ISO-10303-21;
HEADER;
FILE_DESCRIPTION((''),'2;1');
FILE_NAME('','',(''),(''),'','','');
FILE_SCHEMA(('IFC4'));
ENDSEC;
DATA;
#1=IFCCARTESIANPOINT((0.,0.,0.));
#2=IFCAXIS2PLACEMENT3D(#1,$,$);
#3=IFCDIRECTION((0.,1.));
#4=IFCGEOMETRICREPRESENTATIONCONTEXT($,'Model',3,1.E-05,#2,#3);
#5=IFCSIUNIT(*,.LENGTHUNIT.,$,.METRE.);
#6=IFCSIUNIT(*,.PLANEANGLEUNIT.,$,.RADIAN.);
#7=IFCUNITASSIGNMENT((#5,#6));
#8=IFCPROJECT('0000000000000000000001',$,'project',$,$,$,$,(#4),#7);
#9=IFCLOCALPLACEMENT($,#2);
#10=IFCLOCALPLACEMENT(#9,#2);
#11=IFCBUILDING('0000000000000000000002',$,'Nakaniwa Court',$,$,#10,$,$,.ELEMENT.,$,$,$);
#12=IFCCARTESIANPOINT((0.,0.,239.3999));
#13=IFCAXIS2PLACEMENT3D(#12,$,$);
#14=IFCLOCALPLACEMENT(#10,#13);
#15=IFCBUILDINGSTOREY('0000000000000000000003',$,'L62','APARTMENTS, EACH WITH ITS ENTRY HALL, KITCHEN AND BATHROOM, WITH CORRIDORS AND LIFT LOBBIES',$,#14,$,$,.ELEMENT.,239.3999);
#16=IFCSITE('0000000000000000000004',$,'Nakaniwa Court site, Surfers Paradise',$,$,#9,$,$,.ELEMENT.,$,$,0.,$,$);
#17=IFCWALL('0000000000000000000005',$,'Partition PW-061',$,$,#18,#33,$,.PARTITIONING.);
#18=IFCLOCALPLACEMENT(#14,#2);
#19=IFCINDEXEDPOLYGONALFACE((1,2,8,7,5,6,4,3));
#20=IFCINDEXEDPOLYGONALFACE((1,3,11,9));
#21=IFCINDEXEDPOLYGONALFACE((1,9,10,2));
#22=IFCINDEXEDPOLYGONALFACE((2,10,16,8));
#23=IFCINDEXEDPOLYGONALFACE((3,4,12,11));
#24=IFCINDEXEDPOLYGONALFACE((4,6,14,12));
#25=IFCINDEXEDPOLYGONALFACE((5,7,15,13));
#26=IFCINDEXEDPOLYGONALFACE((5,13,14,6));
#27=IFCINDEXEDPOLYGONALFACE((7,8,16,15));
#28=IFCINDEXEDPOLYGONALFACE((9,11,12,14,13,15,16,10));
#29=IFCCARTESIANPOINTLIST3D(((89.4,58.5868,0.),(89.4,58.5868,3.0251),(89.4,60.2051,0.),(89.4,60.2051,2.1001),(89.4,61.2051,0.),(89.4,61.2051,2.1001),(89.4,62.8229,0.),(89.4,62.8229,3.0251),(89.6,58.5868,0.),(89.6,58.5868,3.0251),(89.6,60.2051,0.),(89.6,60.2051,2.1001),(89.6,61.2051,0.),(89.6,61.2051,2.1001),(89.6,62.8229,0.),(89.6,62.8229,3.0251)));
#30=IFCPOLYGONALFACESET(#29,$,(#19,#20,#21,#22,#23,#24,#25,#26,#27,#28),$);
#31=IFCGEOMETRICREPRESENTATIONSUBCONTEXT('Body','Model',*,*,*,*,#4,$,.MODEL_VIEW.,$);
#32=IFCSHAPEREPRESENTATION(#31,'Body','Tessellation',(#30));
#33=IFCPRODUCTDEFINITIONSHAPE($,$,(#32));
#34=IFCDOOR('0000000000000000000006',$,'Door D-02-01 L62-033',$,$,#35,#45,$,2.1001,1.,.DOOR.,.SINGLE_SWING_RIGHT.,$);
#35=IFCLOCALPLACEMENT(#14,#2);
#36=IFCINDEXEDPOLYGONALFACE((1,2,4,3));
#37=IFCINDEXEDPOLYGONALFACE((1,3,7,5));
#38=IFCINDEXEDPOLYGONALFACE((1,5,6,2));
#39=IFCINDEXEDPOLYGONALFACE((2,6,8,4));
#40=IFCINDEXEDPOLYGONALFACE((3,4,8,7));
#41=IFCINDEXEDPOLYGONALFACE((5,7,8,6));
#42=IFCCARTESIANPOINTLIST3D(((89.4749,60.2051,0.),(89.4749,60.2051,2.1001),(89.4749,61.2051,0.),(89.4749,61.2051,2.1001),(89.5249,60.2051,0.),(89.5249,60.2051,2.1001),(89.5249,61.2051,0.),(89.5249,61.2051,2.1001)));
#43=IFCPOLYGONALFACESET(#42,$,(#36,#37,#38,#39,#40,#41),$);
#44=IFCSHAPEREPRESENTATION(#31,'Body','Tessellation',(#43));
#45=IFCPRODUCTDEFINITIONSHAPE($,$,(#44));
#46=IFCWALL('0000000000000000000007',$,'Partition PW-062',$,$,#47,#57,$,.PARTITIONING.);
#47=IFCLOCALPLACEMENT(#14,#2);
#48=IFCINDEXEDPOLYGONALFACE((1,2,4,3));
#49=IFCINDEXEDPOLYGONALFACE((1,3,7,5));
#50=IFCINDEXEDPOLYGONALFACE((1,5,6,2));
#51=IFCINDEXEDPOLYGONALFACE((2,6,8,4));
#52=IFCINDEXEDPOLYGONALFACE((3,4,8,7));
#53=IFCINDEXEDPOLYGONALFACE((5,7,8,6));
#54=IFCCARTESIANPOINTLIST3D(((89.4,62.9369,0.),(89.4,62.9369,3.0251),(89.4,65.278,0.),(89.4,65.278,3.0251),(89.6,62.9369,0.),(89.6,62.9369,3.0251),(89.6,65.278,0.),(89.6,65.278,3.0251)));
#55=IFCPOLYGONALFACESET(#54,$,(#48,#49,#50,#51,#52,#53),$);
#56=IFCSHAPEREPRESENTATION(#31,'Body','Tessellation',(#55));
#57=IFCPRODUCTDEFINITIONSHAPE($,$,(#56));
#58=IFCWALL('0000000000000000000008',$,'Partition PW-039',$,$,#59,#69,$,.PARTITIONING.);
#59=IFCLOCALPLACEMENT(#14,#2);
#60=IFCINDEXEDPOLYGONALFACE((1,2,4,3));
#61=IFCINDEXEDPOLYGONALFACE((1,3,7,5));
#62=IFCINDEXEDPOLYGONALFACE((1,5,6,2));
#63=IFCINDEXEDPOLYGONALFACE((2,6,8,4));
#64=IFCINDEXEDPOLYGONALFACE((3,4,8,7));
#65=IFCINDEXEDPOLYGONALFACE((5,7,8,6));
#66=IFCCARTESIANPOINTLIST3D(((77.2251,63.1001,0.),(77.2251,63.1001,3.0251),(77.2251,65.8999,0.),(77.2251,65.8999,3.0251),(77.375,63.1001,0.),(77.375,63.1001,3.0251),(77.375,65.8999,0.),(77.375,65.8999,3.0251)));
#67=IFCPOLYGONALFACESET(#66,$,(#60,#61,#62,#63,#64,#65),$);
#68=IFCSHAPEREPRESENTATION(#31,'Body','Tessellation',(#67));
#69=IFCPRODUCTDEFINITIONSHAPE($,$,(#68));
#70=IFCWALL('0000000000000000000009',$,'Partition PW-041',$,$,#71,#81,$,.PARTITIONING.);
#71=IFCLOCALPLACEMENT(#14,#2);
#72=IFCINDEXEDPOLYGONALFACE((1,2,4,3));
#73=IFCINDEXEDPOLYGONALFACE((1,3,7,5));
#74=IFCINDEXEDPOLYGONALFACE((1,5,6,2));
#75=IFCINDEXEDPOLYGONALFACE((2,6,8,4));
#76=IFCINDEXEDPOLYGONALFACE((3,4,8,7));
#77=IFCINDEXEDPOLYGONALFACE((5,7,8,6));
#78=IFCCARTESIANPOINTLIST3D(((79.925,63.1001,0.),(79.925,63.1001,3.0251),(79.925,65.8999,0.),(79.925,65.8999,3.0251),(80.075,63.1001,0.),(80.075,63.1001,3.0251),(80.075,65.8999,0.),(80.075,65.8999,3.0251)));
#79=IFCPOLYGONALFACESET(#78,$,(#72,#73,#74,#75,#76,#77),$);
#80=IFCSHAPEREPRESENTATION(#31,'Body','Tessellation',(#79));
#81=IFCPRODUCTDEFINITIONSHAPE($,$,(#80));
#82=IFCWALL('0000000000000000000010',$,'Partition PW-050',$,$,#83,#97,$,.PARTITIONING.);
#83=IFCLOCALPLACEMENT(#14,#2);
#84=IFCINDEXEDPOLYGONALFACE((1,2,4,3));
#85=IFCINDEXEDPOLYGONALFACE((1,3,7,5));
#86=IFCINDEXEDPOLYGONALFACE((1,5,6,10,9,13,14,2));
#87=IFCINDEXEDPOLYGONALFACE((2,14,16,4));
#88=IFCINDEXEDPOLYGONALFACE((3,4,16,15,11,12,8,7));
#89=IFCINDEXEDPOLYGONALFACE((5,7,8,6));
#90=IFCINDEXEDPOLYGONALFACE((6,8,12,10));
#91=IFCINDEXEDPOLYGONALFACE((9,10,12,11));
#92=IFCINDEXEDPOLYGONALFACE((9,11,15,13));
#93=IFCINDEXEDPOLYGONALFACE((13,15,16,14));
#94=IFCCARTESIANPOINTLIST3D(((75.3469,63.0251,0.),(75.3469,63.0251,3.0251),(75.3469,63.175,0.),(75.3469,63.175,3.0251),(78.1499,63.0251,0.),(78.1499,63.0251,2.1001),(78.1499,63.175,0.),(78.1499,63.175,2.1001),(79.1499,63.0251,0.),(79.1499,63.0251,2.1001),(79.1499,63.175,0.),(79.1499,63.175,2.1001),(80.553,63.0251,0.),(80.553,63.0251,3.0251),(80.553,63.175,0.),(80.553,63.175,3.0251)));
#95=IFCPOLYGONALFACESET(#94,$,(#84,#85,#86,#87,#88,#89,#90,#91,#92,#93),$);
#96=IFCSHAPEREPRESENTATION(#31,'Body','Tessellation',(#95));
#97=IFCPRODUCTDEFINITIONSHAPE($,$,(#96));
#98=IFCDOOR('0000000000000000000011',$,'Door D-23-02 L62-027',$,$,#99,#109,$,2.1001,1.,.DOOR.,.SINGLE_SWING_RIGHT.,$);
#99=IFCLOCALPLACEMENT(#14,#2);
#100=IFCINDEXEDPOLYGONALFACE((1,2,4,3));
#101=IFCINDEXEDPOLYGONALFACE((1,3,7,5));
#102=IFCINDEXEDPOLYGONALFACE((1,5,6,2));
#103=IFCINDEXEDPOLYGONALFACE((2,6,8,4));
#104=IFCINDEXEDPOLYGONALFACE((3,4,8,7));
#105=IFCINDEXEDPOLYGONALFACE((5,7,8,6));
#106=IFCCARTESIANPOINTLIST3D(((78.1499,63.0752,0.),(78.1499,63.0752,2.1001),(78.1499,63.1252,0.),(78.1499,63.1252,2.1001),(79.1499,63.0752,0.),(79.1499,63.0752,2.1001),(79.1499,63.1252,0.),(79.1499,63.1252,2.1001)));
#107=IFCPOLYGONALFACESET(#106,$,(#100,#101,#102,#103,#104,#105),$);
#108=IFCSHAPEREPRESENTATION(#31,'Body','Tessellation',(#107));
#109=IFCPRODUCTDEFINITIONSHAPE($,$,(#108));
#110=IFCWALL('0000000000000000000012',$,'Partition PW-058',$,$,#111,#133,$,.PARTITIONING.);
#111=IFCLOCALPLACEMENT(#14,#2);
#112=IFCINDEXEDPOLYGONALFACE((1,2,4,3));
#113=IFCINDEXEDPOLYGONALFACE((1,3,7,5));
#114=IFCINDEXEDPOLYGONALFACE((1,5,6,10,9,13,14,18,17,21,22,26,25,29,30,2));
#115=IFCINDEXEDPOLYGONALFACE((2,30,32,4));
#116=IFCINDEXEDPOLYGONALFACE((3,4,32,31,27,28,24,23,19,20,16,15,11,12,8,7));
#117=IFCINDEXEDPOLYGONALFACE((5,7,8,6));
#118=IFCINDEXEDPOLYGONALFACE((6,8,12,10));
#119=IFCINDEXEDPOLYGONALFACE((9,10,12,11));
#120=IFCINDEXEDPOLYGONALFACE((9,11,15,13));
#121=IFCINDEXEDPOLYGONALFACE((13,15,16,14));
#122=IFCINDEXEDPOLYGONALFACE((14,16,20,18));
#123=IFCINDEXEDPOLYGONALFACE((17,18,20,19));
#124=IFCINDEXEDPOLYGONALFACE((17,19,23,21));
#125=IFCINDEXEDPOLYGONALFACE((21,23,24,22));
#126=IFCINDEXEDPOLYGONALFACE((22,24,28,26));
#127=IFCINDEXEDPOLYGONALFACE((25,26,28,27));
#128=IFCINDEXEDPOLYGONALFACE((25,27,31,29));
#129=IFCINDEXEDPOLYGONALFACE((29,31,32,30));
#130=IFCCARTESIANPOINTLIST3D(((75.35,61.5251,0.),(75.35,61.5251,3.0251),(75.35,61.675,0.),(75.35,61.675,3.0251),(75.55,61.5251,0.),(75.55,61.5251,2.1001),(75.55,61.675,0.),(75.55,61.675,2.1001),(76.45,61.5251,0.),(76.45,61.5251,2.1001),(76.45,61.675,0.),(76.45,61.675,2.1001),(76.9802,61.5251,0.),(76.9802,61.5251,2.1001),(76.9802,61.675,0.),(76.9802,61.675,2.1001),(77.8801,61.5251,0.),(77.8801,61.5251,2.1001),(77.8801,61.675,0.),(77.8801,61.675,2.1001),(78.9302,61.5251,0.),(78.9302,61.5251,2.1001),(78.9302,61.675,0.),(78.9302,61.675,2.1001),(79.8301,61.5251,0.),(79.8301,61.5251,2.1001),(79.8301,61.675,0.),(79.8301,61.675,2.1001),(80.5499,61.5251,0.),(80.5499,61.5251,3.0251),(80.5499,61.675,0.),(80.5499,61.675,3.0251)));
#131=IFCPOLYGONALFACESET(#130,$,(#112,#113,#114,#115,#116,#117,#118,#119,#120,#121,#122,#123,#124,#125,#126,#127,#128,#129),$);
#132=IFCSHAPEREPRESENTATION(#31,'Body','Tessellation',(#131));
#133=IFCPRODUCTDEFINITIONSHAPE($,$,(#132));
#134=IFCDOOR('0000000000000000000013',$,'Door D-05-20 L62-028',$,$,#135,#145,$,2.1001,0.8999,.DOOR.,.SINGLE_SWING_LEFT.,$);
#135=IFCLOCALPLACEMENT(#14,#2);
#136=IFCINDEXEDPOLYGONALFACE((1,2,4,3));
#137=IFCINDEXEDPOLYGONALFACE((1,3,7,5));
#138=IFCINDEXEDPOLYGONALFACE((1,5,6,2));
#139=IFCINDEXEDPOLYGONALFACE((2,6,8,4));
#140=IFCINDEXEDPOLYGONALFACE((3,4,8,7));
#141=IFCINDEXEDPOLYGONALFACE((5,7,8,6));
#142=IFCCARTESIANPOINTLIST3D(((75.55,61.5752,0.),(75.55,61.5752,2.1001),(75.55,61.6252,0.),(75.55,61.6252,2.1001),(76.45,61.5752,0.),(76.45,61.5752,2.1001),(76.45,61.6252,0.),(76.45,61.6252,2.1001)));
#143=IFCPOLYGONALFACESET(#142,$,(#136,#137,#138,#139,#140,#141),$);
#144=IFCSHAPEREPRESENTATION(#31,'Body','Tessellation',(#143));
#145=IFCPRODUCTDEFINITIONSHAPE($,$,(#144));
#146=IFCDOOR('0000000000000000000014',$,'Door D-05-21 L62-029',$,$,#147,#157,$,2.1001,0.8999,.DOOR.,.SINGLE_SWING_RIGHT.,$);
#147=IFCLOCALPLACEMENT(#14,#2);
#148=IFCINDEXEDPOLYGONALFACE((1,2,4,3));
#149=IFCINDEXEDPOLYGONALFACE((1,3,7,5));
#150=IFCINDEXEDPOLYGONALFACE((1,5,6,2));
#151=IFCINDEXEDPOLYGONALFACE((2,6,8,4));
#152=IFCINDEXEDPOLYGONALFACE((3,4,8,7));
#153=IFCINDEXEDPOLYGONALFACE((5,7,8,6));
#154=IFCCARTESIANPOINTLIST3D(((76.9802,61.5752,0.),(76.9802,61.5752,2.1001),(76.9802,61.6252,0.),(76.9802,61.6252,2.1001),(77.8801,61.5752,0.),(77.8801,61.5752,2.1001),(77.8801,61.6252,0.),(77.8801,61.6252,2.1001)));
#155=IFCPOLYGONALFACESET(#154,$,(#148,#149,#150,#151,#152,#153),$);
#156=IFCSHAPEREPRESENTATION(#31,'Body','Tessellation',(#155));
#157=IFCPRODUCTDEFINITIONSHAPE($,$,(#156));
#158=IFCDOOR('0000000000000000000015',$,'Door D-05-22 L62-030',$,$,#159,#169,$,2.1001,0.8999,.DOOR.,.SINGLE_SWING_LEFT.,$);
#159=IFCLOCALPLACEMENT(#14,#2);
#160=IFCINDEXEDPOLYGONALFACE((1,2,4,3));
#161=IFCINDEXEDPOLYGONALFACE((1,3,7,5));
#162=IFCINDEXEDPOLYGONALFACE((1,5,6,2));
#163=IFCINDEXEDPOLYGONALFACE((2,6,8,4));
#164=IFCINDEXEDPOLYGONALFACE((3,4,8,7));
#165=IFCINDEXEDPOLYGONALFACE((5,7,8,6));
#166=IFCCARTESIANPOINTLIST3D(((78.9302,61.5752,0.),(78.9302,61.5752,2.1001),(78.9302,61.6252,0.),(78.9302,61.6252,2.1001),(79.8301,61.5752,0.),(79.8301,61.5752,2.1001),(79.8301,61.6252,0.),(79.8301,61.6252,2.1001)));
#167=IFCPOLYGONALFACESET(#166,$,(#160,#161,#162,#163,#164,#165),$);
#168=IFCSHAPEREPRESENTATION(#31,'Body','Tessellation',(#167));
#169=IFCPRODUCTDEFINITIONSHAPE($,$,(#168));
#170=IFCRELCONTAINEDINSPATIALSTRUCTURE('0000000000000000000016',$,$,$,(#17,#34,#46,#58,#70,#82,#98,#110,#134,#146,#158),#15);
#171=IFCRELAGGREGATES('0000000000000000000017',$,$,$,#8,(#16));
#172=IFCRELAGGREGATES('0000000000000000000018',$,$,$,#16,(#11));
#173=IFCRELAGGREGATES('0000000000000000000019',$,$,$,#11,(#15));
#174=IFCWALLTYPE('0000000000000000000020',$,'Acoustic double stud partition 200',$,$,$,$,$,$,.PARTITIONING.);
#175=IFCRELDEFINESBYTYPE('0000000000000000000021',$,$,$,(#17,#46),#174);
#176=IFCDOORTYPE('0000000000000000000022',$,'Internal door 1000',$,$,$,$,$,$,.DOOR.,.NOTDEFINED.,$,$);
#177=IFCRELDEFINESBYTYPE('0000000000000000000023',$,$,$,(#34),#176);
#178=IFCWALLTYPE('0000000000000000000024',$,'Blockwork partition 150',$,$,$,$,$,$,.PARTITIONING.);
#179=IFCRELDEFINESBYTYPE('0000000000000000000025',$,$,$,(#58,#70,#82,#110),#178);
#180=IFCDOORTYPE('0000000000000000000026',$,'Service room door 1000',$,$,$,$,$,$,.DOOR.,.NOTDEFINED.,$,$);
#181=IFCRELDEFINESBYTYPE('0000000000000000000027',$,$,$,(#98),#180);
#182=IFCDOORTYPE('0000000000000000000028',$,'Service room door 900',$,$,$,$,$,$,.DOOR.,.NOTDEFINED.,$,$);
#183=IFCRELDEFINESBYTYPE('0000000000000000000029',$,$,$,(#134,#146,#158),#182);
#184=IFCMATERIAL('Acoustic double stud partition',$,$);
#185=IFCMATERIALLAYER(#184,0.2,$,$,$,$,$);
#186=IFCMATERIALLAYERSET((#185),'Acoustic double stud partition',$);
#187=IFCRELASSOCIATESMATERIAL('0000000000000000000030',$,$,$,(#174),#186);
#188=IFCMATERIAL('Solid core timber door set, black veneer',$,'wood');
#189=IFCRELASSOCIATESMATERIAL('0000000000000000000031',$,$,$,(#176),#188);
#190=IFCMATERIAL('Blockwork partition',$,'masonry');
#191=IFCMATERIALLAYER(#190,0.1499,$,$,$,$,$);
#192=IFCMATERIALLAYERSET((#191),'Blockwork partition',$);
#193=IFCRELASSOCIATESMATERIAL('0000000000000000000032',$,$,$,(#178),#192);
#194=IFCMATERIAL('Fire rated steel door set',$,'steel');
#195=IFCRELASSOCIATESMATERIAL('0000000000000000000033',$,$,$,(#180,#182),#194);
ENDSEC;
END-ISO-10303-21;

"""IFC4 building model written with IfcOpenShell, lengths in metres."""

from ifc_helpers import new_model, si_unit, direction, frame, frame_2d, origin, place, context, subcontext, project, spatial, rectangle, extrude, material, layer, layer_set, type_object, element, fill, save


model = new_model("IFC4")

# Units and contexts
model_context = context("Model", 3, precision=1e-05, world=origin(), true_north=direction((0.0, 1.0)))
body_context = subcontext(model_context, "Body", "Model", "MODEL_VIEW")
ifc_project = project(units=[si_unit("LENGTHUNIT", "METRE"), si_unit("PLANEANGLEUNIT", "RADIAN")], contexts=[model_context])

# Site, building, storey
site_placement = place(None, origin())
site = spatial("IfcSite", under=ifc_project, at=site_placement, Name="Nakaniwa Court site, Surfers Paradise", CompositionType="ELEMENT", RefElevation=0.0)
building_placement = place(site_placement, origin())
building = spatial("IfcBuilding", under=site, at=building_placement, Name="Nakaniwa Court", CompositionType="ELEMENT")
storey_placement = place(building_placement, frame((0.0, 0.0, 239.3999)))
storey = spatial("IfcBuildingStorey", under=building, at=storey_placement, Name="L62", Description="APARTMENTS, EACH WITH ITS ENTRY HALL, KITCHEN AND BATHROOM, WITH CORRIDORS AND LIFT LOBBIES", CompositionType="ELEMENT", Elevation=239.3999)

# Wall, opening, door
ifc_material_1 = material(Name="Acoustic double stud partition")
ifc_layer_1 = layer(ifc_material_1, 0.2)
ifc_layer_set_1 = layer_set([ifc_layer_1], Name="Acoustic double stud partition")
wall_type_1 = type_object("IfcWallType", Name="Acoustic double stud partition 200", PredefinedType="PARTITIONING", material=ifc_layer_set_1)
wall_1_placement = place(storey_placement, frame((89.5, 62.823, 0.0), z_axis=(0.0, 0.0, 1.0), x_axis=(0.0, -1.0, 0.0)))
wall_1 = element("IfcWall", 1, at=wall_1_placement, inside=storey, type_object=wall_type_1, Name="Partition PW-061", PredefinedType="PARTITIONING", context=body_context, shape_type="SweptSolid", body=[
    extrude(rectangle(XDim=4.2361, YDim=0.2, at=frame_2d((2.1182, 0.0))), origin(), (0.0, 0.0, 1.0), 3.0251),
])
opening_1_placement = place(wall_1_placement, frame((1.6179, 0.0, 0.0)))
opening_1 = element("IfcOpeningElement", 2, at=opening_1_placement, cuts=wall_1, PredefinedType="OPENING", context=body_context, shape_type="SweptSolid", body=[
    extrude(rectangle(XDim=1.0, YDim=2.1001, at=frame_2d((0.5, 1.05))), frame((0.0, 0.1099, 0.0), z_axis=(0.0, -1.0, 0.0), x_axis=(1.0, 0.0, 0.0)), (0.0, 0.0, 1.0), 0.22),
])
ifc_material_2 = material(Name="Solid core timber door set, black veneer", Category="wood")
door_type_1 = type_object("IfcDoorType", Name="Internal door 1000", OperationType="NOTDEFINED", PredefinedType="DOOR", material=ifc_material_2)
door_1_placement = place(opening_1_placement, origin())
door_1 = element("IfcDoor", 3, at=door_1_placement, inside=storey, type_object=door_type_1, Name="Door D-02-01 L62-033", OperationType="SINGLE_SWING_RIGHT", OverallHeight=2.1001, OverallWidth=1.0, PredefinedType="DOOR", context=body_context, shape_type="SweptSolid", body=[
    extrude(rectangle(XDim=1.0, YDim=2.1001, at=frame_2d((0.5, 1.05))), frame((0.0, 0.0249, 0.0), z_axis=(0.0, -1.0, 0.0), x_axis=(1.0, 0.0, 0.0)), (0.0, 0.0, 1.0), 0.05),
])
fill(opening_1, door_1)

# Walls
wall_2_placement = place(storey_placement, frame((89.5, 62.937, 0.0), z_axis=(0.0, 0.0, 1.0), x_axis=(0.0, 1.0, 0.0)))
element("IfcWall", 4, at=wall_2_placement, inside=storey, type_object=wall_type_1, Name="Partition PW-062", PredefinedType="PARTITIONING", context=body_context, shape_type="SweptSolid", body=[
    extrude(rectangle(XDim=2.3411, YDim=0.2, at=frame_2d((1.1704, 0.0))), origin(), (0.0, 0.0, 1.0), 3.0251),
])
ifc_material_3 = material(Name="Blockwork partition", Category="masonry")
ifc_layer_2 = layer(ifc_material_3, 0.1499)
ifc_layer_set_2 = layer_set([ifc_layer_2], Name="Blockwork partition")
wall_type_2 = type_object("IfcWallType", Name="Blockwork partition 150", PredefinedType="PARTITIONING", material=ifc_layer_set_2)
for number, where, z_axis, x_axis, name in (
    (5, (77.3, 63.1001, 0.0), (0.0, 0.0, 1.0), (0.0, 1.0, 0.0), "Partition PW-039"),
    (6, (80.0, 63.1001, 0.0), (0.0, 0.0, 1.0), (0.0, 1.0, 0.0), "Partition PW-041"),
):
    element("IfcWall", number, at=place(storey_placement, frame(where, z_axis=z_axis, x_axis=x_axis)), inside=storey, type_object=wall_type_2, Name=name, PredefinedType="PARTITIONING", context=body_context, shape_type="SweptSolid", body=[
        extrude(rectangle(XDim=2.7998, YDim=0.1499, at=frame_2d((1.3999, 0.0))), origin(), (0.0, 0.0, 1.0), 3.0251),
    ])

# Wall, opening, door
wall_3_placement = place(storey_placement, frame((80.553, 63.1001, 0.0), z_axis=(0.0, 0.0, 1.0), x_axis=(-1.0, 0.0, 0.0)))
wall_3 = element("IfcWall", 7, at=wall_3_placement, inside=storey, type_object=wall_type_2, Name="Partition PW-050", PredefinedType="PARTITIONING", context=body_context, shape_type="SweptSolid", body=[
    extrude(rectangle(XDim=5.2061, YDim=0.1499, at=frame_2d((2.603, 0.0))), origin(), (0.0, 0.0, 1.0), 3.0251),
])
opening_2_placement = place(wall_3_placement, frame((1.4031, 0.0, 0.0)))
opening_2 = element("IfcOpeningElement", 8, at=opening_2_placement, cuts=wall_3, PredefinedType="OPENING", context=body_context, shape_type="SweptSolid", body=[
    extrude(rectangle(XDim=1.0, YDim=2.1001, at=frame_2d((0.5, 1.05))), frame((0.0, 0.085, 0.0), z_axis=(0.0, -1.0, 0.0), x_axis=(1.0, 0.0, 0.0)), (0.0, 0.0, 1.0), 0.1699),
])
ifc_material_4 = material(Name="Fire rated steel door set", Category="steel")
door_type_2 = type_object("IfcDoorType", Name="Service room door 1000", OperationType="NOTDEFINED", PredefinedType="DOOR", material=ifc_material_4)
door_2_placement = place(opening_2_placement, origin())
door_2 = element("IfcDoor", 9, at=door_2_placement, inside=storey, type_object=door_type_2, Name="Door D-23-02 L62-027", OperationType="SINGLE_SWING_RIGHT", OverallHeight=2.1001, OverallWidth=1.0, PredefinedType="DOOR", context=body_context, shape_type="SweptSolid", body=[
    extrude(rectangle(XDim=1.0, YDim=2.1001, at=frame_2d((0.5, 1.05))), frame((0.0, 0.0249, 0.0), z_axis=(0.0, -1.0, 0.0), x_axis=(1.0, 0.0, 0.0)), (0.0, 0.0, 1.0), 0.05),
])
fill(opening_2, door_2)

# Wall, openings, doors
wall_4_placement = place(storey_placement, frame((80.55, 61.6001, 0.0), z_axis=(0.0, 0.0, 1.0), x_axis=(-1.0, 0.0, 0.0)))
wall_4 = element("IfcWall", 10, at=wall_4_placement, inside=storey, type_object=wall_type_2, Name="Partition PW-058", PredefinedType="PARTITIONING", context=body_context, shape_type="SweptSolid", body=[
    extrude(rectangle(XDim=5.2, YDim=0.1499, at=frame_2d((2.6001, 0.0))), origin(), (0.0, 0.0, 1.0), 3.0251),
])
opening_3_placement = place(wall_4_placement, frame((4.1001, 0.0, 0.0)))
opening_3 = element("IfcOpeningElement", 11, at=opening_3_placement, cuts=wall_4, PredefinedType="OPENING", context=body_context, shape_type="SweptSolid", body=[
    extrude(rectangle(XDim=0.8999, YDim=2.1001, at=frame_2d((0.45, 1.05))), frame((0.0, 0.085, 0.0), z_axis=(0.0, -1.0, 0.0), x_axis=(1.0, 0.0, 0.0)), (0.0, 0.0, 1.0), 0.1699),
])
opening_4_placement = place(wall_4_placement, frame((2.6699, 0.0, 0.0)))
opening_4 = element("IfcOpeningElement", 12, at=opening_4_placement, cuts=wall_4, PredefinedType="OPENING", context=body_context, shape_type="SweptSolid", body=[
    extrude(rectangle(XDim=0.8999, YDim=2.1001, at=frame_2d((0.45, 1.05))), frame((0.0, 0.085, 0.0), z_axis=(0.0, -1.0, 0.0), x_axis=(1.0, 0.0, 0.0)), (0.0, 0.0, 1.0), 0.1699),
])
opening_5_placement = place(wall_4_placement, frame((0.72, 0.0, 0.0)))
opening_5 = element("IfcOpeningElement", 13, at=opening_5_placement, cuts=wall_4, PredefinedType="OPENING", context=body_context, shape_type="SweptSolid", body=[
    extrude(rectangle(XDim=0.8999, YDim=2.1001, at=frame_2d((0.45, 1.05))), frame((0.0, 0.085, 0.0), z_axis=(0.0, -1.0, 0.0), x_axis=(1.0, 0.0, 0.0)), (0.0, 0.0, 1.0), 0.1699),
])
door_type_3 = type_object("IfcDoorType", Name="Service room door 900", OperationType="NOTDEFINED", PredefinedType="DOOR", material=ifc_material_4)
door_3_placement = place(opening_3_placement, origin())
door_3 = element("IfcDoor", 14, at=door_3_placement, inside=storey, type_object=door_type_3, Name="Door D-05-20 L62-028", OperationType="SINGLE_SWING_LEFT", OverallHeight=2.1001, OverallWidth=0.8999, PredefinedType="DOOR", context=body_context, shape_type="SweptSolid", body=[
    extrude(rectangle(XDim=0.8999, YDim=2.1001, at=frame_2d((0.45, 1.05))), frame((0.0, 0.0249, 0.0), z_axis=(0.0, -1.0, 0.0), x_axis=(1.0, 0.0, 0.0)), (0.0, 0.0, 1.0), 0.05),
])
fill(opening_3, door_3)
door_4_placement = place(opening_4_placement, origin())
door_4 = element("IfcDoor", 15, at=door_4_placement, inside=storey, type_object=door_type_3, Name="Door D-05-21 L62-029", OperationType="SINGLE_SWING_RIGHT", OverallHeight=2.1001, OverallWidth=0.8999, PredefinedType="DOOR", context=body_context, shape_type="SweptSolid", body=[
    extrude(rectangle(XDim=0.8999, YDim=2.1001, at=frame_2d((0.45, 1.05))), frame((0.0, 0.0249, 0.0), z_axis=(0.0, -1.0, 0.0), x_axis=(1.0, 0.0, 0.0)), (0.0, 0.0, 1.0), 0.05),
])
fill(opening_4, door_4)
door_5_placement = place(opening_5_placement, origin())
door_5 = element("IfcDoor", 16, at=door_5_placement, inside=storey, type_object=door_type_3, Name="Door D-05-22 L62-030", OperationType="SINGLE_SWING_LEFT", OverallHeight=2.1001, OverallWidth=0.8999, PredefinedType="DOOR", context=body_context, shape_type="SweptSolid", body=[
    extrude(rectangle(XDim=0.8999, YDim=2.1001, at=frame_2d((0.45, 1.05))), frame((0.0, 0.0249, 0.0), z_axis=(0.0, -1.0, 0.0), x_axis=(1.0, 0.0, 0.0)), (0.0, 0.0, 1.0), 0.05),
])
fill(opening_5, door_5)

save(model, "model.ifc")
